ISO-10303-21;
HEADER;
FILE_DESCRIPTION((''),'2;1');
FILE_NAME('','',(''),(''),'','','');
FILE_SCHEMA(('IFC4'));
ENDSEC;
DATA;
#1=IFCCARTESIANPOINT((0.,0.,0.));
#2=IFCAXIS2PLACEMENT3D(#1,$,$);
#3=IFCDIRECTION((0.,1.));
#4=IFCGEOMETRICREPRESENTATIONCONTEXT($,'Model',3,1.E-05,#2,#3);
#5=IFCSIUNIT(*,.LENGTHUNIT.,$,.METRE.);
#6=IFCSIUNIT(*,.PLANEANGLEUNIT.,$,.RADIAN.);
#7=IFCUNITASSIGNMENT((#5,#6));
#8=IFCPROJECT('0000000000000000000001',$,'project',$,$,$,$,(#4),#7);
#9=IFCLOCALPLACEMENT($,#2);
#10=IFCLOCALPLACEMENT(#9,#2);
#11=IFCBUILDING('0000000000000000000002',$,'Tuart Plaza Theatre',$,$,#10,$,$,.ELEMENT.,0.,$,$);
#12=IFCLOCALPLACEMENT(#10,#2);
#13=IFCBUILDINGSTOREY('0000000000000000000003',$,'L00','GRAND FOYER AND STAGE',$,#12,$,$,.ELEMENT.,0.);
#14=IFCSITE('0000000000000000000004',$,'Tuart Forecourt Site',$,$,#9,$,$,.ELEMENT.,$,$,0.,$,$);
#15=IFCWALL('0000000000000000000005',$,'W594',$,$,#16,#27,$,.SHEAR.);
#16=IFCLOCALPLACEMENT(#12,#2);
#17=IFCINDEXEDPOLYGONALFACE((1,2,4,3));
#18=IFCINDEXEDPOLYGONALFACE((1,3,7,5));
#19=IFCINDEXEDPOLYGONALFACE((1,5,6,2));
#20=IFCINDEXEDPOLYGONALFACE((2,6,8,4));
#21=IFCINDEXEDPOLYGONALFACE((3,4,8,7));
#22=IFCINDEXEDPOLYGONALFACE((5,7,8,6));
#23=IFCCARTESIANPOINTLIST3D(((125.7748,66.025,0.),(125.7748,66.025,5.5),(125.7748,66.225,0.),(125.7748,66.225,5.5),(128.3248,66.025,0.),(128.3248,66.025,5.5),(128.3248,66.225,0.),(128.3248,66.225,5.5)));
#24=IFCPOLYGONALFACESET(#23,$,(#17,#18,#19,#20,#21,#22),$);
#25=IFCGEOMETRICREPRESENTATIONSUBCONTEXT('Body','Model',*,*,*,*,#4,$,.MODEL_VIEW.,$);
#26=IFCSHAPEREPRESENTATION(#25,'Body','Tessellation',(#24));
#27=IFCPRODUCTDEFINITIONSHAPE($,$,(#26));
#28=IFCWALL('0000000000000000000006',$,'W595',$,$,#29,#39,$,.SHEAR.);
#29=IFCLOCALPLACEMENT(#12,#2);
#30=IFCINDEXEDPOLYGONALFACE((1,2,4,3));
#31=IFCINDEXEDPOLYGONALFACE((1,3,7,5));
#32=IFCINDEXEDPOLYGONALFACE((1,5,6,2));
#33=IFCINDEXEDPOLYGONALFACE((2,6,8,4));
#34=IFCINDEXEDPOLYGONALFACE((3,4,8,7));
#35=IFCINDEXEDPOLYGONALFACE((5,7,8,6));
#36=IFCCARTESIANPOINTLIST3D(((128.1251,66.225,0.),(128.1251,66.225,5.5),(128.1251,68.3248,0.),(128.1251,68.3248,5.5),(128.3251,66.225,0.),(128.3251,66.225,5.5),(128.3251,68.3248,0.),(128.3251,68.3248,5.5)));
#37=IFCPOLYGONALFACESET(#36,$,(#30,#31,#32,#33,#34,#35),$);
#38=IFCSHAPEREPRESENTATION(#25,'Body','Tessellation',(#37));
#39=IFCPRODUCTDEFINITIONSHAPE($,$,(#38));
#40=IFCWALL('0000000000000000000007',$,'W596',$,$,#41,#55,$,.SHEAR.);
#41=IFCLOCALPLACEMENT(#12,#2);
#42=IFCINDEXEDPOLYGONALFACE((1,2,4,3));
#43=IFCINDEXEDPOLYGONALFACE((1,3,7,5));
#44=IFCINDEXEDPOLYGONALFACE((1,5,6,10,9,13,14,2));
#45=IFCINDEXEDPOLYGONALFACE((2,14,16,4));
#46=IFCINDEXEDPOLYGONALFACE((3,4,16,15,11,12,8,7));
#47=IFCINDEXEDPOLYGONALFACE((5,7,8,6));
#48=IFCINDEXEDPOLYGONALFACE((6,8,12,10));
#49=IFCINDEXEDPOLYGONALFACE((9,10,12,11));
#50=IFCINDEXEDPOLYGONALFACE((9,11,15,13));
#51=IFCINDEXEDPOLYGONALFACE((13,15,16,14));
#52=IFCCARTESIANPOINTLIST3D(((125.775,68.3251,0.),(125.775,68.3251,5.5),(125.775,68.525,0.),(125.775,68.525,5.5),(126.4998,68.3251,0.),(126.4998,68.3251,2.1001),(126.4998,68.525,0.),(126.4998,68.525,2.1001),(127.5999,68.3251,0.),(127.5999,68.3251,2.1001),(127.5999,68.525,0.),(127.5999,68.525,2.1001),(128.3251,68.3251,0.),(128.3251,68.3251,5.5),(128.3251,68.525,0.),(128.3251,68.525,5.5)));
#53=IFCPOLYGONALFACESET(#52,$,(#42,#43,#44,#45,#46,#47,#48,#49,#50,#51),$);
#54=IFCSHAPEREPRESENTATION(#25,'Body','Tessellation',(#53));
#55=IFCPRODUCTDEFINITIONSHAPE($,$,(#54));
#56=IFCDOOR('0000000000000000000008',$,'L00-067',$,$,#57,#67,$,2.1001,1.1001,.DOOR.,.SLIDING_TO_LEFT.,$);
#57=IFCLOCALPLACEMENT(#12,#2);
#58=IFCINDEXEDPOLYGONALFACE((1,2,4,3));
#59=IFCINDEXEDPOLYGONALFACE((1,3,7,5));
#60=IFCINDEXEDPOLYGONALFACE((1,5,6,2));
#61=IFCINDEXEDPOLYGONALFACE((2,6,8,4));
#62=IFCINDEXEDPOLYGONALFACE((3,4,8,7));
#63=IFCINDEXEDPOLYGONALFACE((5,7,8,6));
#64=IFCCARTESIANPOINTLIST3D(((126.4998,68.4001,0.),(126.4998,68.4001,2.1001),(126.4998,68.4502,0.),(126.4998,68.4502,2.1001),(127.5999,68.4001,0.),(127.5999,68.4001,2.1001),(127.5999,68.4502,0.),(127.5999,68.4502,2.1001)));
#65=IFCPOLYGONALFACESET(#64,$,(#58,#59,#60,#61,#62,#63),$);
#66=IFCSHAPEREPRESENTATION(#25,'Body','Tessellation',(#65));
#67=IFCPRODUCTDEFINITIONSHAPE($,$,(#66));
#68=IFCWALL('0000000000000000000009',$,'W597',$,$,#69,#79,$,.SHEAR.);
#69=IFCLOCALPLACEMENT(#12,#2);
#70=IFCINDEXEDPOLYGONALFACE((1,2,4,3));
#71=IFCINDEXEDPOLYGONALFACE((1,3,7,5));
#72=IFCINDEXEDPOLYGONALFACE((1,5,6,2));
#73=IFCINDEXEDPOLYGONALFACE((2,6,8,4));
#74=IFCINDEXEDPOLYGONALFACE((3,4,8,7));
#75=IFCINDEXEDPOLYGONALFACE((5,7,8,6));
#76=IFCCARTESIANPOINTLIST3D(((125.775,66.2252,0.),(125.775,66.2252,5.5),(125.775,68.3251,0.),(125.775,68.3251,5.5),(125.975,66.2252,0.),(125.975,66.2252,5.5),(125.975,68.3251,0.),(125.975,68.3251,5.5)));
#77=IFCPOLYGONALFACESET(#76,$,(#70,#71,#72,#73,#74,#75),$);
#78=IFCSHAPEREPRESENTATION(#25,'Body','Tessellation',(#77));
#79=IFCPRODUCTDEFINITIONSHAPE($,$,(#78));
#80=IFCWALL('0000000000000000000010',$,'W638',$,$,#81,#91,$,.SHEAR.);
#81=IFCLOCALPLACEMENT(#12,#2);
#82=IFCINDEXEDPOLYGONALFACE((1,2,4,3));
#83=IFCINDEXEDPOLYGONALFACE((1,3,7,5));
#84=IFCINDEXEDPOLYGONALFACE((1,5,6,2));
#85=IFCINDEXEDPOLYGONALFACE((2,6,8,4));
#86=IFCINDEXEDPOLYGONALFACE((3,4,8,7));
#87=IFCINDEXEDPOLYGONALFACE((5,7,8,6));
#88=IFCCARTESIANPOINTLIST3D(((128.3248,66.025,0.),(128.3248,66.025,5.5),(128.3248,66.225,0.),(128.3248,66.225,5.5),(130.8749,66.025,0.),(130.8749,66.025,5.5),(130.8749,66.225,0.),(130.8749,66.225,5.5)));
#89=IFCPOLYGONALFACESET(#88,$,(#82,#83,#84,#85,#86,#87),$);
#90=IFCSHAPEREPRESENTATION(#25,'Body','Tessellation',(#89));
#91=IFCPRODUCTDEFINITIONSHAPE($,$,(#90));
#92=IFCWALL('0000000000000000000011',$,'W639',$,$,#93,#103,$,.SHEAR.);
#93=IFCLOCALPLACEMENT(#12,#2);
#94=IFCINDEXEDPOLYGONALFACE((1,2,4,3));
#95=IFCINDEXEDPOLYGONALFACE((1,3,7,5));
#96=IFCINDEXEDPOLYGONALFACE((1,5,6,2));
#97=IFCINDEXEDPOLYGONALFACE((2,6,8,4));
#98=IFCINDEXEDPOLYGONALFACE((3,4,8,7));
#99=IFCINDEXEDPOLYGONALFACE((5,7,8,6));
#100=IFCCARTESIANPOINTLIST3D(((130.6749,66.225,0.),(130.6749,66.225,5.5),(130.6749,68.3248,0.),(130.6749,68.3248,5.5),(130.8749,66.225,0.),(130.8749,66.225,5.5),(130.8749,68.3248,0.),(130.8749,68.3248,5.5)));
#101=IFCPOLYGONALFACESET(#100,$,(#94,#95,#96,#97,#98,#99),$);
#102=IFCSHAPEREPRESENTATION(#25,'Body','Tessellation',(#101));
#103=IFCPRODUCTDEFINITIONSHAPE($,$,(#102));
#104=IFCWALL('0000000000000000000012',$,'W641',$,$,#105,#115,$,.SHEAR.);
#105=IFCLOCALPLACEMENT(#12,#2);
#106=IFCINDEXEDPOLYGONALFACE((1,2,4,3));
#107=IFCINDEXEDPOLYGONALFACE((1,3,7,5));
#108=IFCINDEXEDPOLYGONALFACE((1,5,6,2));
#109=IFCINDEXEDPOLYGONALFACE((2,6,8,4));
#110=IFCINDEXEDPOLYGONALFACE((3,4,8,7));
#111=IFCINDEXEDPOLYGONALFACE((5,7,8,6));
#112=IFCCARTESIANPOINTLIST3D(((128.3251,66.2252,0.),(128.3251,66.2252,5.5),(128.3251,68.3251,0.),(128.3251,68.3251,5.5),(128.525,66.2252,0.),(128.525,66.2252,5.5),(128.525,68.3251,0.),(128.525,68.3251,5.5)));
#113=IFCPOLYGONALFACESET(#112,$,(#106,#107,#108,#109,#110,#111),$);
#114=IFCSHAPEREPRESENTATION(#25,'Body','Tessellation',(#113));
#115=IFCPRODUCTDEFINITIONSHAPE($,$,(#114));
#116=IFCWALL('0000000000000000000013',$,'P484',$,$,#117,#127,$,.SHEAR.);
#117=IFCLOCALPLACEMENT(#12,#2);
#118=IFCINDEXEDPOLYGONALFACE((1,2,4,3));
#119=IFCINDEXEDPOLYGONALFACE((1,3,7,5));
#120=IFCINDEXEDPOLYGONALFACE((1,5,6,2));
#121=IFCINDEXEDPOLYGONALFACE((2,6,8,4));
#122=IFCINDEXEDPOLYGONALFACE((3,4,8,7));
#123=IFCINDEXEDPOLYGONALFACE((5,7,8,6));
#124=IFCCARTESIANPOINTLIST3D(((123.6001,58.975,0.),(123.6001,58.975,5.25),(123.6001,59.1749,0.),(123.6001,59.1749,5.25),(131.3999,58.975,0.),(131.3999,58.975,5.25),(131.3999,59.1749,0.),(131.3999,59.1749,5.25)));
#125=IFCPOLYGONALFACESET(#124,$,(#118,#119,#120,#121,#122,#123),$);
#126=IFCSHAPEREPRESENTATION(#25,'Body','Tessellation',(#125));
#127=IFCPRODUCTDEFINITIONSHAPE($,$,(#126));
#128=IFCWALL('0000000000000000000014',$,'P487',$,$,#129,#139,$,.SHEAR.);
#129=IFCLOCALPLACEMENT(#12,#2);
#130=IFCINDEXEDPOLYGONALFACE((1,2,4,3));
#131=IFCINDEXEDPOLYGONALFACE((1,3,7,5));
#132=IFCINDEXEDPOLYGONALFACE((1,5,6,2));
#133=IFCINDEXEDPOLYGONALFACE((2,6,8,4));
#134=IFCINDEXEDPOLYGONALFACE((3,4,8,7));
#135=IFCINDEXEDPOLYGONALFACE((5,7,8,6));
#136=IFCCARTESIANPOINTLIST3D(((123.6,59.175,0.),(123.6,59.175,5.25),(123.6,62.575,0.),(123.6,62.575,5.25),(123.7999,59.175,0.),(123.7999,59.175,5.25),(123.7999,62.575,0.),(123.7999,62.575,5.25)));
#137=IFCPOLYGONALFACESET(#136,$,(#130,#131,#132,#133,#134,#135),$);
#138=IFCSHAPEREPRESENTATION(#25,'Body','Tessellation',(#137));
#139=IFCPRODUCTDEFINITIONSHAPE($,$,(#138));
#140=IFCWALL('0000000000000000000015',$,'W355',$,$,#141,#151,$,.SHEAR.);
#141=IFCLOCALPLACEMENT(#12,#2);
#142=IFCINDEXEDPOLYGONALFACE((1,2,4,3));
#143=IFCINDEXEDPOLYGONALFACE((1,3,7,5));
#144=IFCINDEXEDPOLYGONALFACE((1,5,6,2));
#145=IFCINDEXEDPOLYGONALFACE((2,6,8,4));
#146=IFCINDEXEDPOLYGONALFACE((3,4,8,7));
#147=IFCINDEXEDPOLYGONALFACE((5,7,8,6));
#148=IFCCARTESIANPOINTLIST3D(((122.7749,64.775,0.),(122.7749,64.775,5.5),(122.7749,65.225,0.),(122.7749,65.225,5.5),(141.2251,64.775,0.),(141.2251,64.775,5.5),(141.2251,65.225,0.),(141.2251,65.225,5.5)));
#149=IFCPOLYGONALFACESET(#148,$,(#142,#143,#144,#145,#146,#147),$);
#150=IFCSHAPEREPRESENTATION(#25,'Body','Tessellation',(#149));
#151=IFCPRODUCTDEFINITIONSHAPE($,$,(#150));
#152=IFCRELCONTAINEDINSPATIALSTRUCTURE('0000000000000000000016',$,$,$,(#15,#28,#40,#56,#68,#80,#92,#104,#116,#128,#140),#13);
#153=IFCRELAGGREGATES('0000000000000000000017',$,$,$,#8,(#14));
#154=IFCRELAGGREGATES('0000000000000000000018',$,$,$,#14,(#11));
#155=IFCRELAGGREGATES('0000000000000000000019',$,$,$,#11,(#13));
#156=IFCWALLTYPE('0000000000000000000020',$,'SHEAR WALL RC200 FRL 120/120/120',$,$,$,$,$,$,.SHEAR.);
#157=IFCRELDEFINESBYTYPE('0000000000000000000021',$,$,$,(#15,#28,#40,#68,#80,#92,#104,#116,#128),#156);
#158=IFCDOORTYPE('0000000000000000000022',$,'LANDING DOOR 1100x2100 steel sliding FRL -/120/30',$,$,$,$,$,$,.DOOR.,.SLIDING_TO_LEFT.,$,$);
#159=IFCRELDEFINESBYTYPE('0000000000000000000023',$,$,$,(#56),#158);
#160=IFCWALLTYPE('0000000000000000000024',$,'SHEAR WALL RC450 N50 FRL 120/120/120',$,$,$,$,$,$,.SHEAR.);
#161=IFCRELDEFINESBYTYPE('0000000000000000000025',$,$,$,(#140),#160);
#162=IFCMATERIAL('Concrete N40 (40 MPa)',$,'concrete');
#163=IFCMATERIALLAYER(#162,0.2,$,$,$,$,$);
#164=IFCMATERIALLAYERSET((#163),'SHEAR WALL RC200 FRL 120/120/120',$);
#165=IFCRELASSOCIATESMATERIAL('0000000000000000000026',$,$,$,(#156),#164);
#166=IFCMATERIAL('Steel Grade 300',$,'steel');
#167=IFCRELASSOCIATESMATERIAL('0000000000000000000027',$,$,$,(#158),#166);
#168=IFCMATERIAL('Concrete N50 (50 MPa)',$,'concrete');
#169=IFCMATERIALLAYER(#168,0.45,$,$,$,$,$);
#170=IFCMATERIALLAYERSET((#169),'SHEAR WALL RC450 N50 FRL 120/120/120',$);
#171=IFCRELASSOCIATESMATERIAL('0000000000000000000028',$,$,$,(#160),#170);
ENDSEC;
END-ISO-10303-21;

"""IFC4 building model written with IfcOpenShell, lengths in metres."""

from ifc_helpers import new_model, si_unit, direction, frame, frame_2d, origin, place, context, subcontext, project, spatial, rectangle, extrude, material, layer, layer_set, type_object, element, fill, save


model = new_model("IFC4")

# Units and contexts
model_context = context("Model", 3, precision=1e-05, world=origin(), true_north=direction((0.0, 1.0)))
body_context = subcontext(model_context, "Body", "Model", "MODEL_VIEW")
ifc_project = project(units=[si_unit("LENGTHUNIT", "METRE"), si_unit("PLANEANGLEUNIT", "RADIAN")], contexts=[model_context])

# Site, building, storey
site_placement = place(None, origin())
site = spatial("IfcSite", under=ifc_project, at=site_placement, Name="Tuart Forecourt Site", CompositionType="ELEMENT", RefElevation=0.0)
building_placement = place(site_placement, origin())
building = spatial("IfcBuilding", under=site, at=building_placement, Name="Tuart Plaza Theatre", CompositionType="ELEMENT", ElevationOfRefHeight=0.0)
storey_placement = place(building_placement, origin())
storey = spatial("IfcBuildingStorey", under=building, at=storey_placement, Name="L00", Description="GRAND FOYER AND STAGE", CompositionType="ELEMENT", Elevation=0.0)

# Shared definitions
ifc_material_1 = material(Name="Concrete N40 (40 MPa)", Category="concrete")
ifc_layer_1 = layer(ifc_material_1, 0.2)
ifc_layer_set_1 = layer_set([ifc_layer_1], Name="SHEAR WALL RC200 FRL 120/120/120")
wall_type_1 = type_object("IfcWallType", Name="SHEAR WALL RC200 FRL 120/120/120", PredefinedType="SHEAR", material=ifc_layer_set_1)

# Shared definitions
ifc_material_2 = material(Name="Steel Grade 300", Category="steel")
door_type_1 = type_object("IfcDoorType", Name="LANDING DOOR 1100x2100 steel sliding FRL -/120/30", OperationType="SLIDING_TO_LEFT", PredefinedType="DOOR", material=ifc_material_2)

# Walls
wall_1_placement = place(storey_placement, frame((125.7749, 66.125, 0.0), z_axis=(0.0, 0.0, 1.0), x_axis=(1.0, 0.0, 0.0)))
element("IfcWall", 1, at=wall_1_placement, inside=storey, type_object=wall_type_1, Name="W594", PredefinedType="SHEAR", context=body_context, shape_type="SweptSolid", body=[
    extrude(rectangle(XDim=2.55, YDim=0.2, at=frame_2d((1.2749, 0.0))), origin(), (0.0, 0.0, 1.0), 5.5),
])
wall_2_placement = place(storey_placement, frame((128.2251, 66.2251, 0.0), z_axis=(0.0, 0.0, 1.0), x_axis=(0.0, 1.0, 0.0)))
element("IfcWall", 2, at=wall_2_placement, inside=storey, type_object=wall_type_1, Name="W595", PredefinedType="SHEAR", context=body_context, shape_type="SweptSolid", body=[
    extrude(rectangle(XDim=2.0999, YDim=0.2, at=frame_2d((1.0498, 0.0))), origin(), (0.0, 0.0, 1.0), 5.5),
])

# Wall, opening, door
wall_3_placement = place(storey_placement, frame((128.325, 68.425, 0.0), z_axis=(0.0, 0.0, 1.0), x_axis=(-1.0, 0.0, 0.0)))
wall_3 = element("IfcWall", 3, at=wall_3_placement, inside=storey, type_object=wall_type_1, Name="W596", PredefinedType="SHEAR", context=body_context, shape_type="SweptSolid", body=[
    extrude(rectangle(XDim=2.55, YDim=0.2, at=frame_2d((1.2749, 0.0))), origin(), (0.0, 0.0, 1.0), 5.5),
])
opening_1_placement = place(wall_3_placement, frame((0.7251, 0.0, 0.0)))
opening_1 = element("IfcOpeningElement", 4, at=opening_1_placement, cuts=wall_3, PredefinedType="OPENING", context=body_context, shape_type="SweptSolid", body=[
    extrude(rectangle(XDim=1.1001, YDim=2.1001, at=frame_2d((0.55, 1.05))), frame((0.0, 0.1099, 0.0), z_axis=(0.0, -1.0, 0.0), x_axis=(1.0, 0.0, 0.0)), (0.0, 0.0, 1.0), 0.22),
])
door_1_placement = place(opening_1_placement, origin())
door_1 = element("IfcDoor", 5, at=door_1_placement, inside=storey, type_object=door_type_1, Name="L00-067", OperationType="SLIDING_TO_LEFT", OverallHeight=2.1001, OverallWidth=1.1001, PredefinedType="DOOR", context=body_context, shape_type="SweptSolid", body=[
    extrude(rectangle(XDim=1.1001, YDim=2.1001, at=frame_2d((0.55, 1.05))), frame((0.0, 0.0249, 0.0), z_axis=(0.0, -1.0, 0.0), x_axis=(1.0, 0.0, 0.0)), (0.0, 0.0, 1.0), 0.05),
])
fill(opening_1, door_1)

# Walls
wall_4_placement = place(storey_placement, frame((125.875, 68.325, 0.0), z_axis=(0.0, 0.0, 1.0), x_axis=(0.0, -1.0, 0.0)))
element("IfcWall", 6, at=wall_4_placement, inside=storey, type_object=wall_type_1, Name="W597", PredefinedType="SHEAR", context=body_context, shape_type="SweptSolid", body=[
    extrude(rectangle(XDim=2.0999, YDim=0.2, at=frame_2d((1.0498, 0.0))), origin(), (0.0, 0.0, 1.0), 5.5),
])
wall_5_placement = place(storey_placement, frame((128.325, 66.125, 0.0), z_axis=(0.0, 0.0, 1.0), x_axis=(1.0, 0.0, 0.0)))
element("IfcWall", 7, at=wall_5_placement, inside=storey, type_object=wall_type_1, Name="W638", PredefinedType="SHEAR", context=body_context, shape_type="SweptSolid", body=[
    extrude(rectangle(XDim=2.55, YDim=0.2, at=frame_2d((1.2749, 0.0))), origin(), (0.0, 0.0, 1.0), 5.5),
])
for number, where, z_axis, x_axis, name in (
    (8, (130.7749, 66.2251, 0.0), (0.0, 0.0, 1.0), (0.0, 1.0, 0.0), "W639"),
    (9, (128.425, 68.325, 0.0), (0.0, 0.0, 1.0), (0.0, -1.0, 0.0), "W641"),
):
    element("IfcWall", number, at=place(storey_placement, frame(where, z_axis=z_axis, x_axis=x_axis)), inside=storey, type_object=wall_type_1, Name=name, PredefinedType="SHEAR", context=body_context, shape_type="SweptSolid", body=[
        extrude(rectangle(XDim=2.0999, YDim=0.2, at=frame_2d((1.0498, 0.0))), origin(), (0.0, 0.0, 1.0), 5.5),
    ])
wall_6_placement = place(storey_placement, frame((123.6001, 59.075, 0.0), z_axis=(0.0, 0.0, 1.0), x_axis=(1.0, 0.0, 0.0)))
element("IfcWall", 10, at=wall_6_placement, inside=storey, type_object=wall_type_1, Name="P484", PredefinedType="SHEAR", context=body_context, shape_type="SweptSolid", body=[
    extrude(rectangle(XDim=7.7998, YDim=0.2, at=frame_2d((3.8999, 0.0))), origin(), (0.0, 0.0, 1.0), 5.25),
])
wall_7_placement = place(storey_placement, frame((123.7, 62.575, 0.0), z_axis=(0.0, 0.0, 1.0), x_axis=(0.0, -1.0, 0.0)))
element("IfcWall", 11, at=wall_7_placement, inside=storey, type_object=wall_type_1, Name="P487", PredefinedType="SHEAR", context=body_context, shape_type="SweptSolid", body=[
    extrude(rectangle(XDim=3.3999, YDim=0.2, at=frame_2d((1.7, 0.0))), origin(), (0.0, 0.0, 1.0), 5.25),
])
ifc_material_3 = material(Name="Concrete N50 (50 MPa)", Category="concrete")
ifc_layer_2 = layer(ifc_material_3, 0.45)
ifc_layer_set_2 = layer_set([ifc_layer_2], Name="SHEAR WALL RC450 N50 FRL 120/120/120")
wall_type_2 = type_object("IfcWallType", Name="SHEAR WALL RC450 N50 FRL 120/120/120", PredefinedType="SHEAR", material=ifc_layer_set_2)
wall_8_placement = place(storey_placement, frame((122.7749, 65.0, 0.0), z_axis=(0.0, 0.0, 1.0), x_axis=(1.0, 0.0, 0.0)))
element("IfcWall", 12, at=wall_8_placement, inside=storey, type_object=wall_type_2, Name="W355", PredefinedType="SHEAR", context=body_context, shape_type="SweptSolid", body=[
    extrude(rectangle(XDim=18.4502, YDim=0.45, at=frame_2d((9.2251, 0.0))), origin(), (0.0, 0.0, 1.0), 5.5),
])

save(model, "model.ifc")
